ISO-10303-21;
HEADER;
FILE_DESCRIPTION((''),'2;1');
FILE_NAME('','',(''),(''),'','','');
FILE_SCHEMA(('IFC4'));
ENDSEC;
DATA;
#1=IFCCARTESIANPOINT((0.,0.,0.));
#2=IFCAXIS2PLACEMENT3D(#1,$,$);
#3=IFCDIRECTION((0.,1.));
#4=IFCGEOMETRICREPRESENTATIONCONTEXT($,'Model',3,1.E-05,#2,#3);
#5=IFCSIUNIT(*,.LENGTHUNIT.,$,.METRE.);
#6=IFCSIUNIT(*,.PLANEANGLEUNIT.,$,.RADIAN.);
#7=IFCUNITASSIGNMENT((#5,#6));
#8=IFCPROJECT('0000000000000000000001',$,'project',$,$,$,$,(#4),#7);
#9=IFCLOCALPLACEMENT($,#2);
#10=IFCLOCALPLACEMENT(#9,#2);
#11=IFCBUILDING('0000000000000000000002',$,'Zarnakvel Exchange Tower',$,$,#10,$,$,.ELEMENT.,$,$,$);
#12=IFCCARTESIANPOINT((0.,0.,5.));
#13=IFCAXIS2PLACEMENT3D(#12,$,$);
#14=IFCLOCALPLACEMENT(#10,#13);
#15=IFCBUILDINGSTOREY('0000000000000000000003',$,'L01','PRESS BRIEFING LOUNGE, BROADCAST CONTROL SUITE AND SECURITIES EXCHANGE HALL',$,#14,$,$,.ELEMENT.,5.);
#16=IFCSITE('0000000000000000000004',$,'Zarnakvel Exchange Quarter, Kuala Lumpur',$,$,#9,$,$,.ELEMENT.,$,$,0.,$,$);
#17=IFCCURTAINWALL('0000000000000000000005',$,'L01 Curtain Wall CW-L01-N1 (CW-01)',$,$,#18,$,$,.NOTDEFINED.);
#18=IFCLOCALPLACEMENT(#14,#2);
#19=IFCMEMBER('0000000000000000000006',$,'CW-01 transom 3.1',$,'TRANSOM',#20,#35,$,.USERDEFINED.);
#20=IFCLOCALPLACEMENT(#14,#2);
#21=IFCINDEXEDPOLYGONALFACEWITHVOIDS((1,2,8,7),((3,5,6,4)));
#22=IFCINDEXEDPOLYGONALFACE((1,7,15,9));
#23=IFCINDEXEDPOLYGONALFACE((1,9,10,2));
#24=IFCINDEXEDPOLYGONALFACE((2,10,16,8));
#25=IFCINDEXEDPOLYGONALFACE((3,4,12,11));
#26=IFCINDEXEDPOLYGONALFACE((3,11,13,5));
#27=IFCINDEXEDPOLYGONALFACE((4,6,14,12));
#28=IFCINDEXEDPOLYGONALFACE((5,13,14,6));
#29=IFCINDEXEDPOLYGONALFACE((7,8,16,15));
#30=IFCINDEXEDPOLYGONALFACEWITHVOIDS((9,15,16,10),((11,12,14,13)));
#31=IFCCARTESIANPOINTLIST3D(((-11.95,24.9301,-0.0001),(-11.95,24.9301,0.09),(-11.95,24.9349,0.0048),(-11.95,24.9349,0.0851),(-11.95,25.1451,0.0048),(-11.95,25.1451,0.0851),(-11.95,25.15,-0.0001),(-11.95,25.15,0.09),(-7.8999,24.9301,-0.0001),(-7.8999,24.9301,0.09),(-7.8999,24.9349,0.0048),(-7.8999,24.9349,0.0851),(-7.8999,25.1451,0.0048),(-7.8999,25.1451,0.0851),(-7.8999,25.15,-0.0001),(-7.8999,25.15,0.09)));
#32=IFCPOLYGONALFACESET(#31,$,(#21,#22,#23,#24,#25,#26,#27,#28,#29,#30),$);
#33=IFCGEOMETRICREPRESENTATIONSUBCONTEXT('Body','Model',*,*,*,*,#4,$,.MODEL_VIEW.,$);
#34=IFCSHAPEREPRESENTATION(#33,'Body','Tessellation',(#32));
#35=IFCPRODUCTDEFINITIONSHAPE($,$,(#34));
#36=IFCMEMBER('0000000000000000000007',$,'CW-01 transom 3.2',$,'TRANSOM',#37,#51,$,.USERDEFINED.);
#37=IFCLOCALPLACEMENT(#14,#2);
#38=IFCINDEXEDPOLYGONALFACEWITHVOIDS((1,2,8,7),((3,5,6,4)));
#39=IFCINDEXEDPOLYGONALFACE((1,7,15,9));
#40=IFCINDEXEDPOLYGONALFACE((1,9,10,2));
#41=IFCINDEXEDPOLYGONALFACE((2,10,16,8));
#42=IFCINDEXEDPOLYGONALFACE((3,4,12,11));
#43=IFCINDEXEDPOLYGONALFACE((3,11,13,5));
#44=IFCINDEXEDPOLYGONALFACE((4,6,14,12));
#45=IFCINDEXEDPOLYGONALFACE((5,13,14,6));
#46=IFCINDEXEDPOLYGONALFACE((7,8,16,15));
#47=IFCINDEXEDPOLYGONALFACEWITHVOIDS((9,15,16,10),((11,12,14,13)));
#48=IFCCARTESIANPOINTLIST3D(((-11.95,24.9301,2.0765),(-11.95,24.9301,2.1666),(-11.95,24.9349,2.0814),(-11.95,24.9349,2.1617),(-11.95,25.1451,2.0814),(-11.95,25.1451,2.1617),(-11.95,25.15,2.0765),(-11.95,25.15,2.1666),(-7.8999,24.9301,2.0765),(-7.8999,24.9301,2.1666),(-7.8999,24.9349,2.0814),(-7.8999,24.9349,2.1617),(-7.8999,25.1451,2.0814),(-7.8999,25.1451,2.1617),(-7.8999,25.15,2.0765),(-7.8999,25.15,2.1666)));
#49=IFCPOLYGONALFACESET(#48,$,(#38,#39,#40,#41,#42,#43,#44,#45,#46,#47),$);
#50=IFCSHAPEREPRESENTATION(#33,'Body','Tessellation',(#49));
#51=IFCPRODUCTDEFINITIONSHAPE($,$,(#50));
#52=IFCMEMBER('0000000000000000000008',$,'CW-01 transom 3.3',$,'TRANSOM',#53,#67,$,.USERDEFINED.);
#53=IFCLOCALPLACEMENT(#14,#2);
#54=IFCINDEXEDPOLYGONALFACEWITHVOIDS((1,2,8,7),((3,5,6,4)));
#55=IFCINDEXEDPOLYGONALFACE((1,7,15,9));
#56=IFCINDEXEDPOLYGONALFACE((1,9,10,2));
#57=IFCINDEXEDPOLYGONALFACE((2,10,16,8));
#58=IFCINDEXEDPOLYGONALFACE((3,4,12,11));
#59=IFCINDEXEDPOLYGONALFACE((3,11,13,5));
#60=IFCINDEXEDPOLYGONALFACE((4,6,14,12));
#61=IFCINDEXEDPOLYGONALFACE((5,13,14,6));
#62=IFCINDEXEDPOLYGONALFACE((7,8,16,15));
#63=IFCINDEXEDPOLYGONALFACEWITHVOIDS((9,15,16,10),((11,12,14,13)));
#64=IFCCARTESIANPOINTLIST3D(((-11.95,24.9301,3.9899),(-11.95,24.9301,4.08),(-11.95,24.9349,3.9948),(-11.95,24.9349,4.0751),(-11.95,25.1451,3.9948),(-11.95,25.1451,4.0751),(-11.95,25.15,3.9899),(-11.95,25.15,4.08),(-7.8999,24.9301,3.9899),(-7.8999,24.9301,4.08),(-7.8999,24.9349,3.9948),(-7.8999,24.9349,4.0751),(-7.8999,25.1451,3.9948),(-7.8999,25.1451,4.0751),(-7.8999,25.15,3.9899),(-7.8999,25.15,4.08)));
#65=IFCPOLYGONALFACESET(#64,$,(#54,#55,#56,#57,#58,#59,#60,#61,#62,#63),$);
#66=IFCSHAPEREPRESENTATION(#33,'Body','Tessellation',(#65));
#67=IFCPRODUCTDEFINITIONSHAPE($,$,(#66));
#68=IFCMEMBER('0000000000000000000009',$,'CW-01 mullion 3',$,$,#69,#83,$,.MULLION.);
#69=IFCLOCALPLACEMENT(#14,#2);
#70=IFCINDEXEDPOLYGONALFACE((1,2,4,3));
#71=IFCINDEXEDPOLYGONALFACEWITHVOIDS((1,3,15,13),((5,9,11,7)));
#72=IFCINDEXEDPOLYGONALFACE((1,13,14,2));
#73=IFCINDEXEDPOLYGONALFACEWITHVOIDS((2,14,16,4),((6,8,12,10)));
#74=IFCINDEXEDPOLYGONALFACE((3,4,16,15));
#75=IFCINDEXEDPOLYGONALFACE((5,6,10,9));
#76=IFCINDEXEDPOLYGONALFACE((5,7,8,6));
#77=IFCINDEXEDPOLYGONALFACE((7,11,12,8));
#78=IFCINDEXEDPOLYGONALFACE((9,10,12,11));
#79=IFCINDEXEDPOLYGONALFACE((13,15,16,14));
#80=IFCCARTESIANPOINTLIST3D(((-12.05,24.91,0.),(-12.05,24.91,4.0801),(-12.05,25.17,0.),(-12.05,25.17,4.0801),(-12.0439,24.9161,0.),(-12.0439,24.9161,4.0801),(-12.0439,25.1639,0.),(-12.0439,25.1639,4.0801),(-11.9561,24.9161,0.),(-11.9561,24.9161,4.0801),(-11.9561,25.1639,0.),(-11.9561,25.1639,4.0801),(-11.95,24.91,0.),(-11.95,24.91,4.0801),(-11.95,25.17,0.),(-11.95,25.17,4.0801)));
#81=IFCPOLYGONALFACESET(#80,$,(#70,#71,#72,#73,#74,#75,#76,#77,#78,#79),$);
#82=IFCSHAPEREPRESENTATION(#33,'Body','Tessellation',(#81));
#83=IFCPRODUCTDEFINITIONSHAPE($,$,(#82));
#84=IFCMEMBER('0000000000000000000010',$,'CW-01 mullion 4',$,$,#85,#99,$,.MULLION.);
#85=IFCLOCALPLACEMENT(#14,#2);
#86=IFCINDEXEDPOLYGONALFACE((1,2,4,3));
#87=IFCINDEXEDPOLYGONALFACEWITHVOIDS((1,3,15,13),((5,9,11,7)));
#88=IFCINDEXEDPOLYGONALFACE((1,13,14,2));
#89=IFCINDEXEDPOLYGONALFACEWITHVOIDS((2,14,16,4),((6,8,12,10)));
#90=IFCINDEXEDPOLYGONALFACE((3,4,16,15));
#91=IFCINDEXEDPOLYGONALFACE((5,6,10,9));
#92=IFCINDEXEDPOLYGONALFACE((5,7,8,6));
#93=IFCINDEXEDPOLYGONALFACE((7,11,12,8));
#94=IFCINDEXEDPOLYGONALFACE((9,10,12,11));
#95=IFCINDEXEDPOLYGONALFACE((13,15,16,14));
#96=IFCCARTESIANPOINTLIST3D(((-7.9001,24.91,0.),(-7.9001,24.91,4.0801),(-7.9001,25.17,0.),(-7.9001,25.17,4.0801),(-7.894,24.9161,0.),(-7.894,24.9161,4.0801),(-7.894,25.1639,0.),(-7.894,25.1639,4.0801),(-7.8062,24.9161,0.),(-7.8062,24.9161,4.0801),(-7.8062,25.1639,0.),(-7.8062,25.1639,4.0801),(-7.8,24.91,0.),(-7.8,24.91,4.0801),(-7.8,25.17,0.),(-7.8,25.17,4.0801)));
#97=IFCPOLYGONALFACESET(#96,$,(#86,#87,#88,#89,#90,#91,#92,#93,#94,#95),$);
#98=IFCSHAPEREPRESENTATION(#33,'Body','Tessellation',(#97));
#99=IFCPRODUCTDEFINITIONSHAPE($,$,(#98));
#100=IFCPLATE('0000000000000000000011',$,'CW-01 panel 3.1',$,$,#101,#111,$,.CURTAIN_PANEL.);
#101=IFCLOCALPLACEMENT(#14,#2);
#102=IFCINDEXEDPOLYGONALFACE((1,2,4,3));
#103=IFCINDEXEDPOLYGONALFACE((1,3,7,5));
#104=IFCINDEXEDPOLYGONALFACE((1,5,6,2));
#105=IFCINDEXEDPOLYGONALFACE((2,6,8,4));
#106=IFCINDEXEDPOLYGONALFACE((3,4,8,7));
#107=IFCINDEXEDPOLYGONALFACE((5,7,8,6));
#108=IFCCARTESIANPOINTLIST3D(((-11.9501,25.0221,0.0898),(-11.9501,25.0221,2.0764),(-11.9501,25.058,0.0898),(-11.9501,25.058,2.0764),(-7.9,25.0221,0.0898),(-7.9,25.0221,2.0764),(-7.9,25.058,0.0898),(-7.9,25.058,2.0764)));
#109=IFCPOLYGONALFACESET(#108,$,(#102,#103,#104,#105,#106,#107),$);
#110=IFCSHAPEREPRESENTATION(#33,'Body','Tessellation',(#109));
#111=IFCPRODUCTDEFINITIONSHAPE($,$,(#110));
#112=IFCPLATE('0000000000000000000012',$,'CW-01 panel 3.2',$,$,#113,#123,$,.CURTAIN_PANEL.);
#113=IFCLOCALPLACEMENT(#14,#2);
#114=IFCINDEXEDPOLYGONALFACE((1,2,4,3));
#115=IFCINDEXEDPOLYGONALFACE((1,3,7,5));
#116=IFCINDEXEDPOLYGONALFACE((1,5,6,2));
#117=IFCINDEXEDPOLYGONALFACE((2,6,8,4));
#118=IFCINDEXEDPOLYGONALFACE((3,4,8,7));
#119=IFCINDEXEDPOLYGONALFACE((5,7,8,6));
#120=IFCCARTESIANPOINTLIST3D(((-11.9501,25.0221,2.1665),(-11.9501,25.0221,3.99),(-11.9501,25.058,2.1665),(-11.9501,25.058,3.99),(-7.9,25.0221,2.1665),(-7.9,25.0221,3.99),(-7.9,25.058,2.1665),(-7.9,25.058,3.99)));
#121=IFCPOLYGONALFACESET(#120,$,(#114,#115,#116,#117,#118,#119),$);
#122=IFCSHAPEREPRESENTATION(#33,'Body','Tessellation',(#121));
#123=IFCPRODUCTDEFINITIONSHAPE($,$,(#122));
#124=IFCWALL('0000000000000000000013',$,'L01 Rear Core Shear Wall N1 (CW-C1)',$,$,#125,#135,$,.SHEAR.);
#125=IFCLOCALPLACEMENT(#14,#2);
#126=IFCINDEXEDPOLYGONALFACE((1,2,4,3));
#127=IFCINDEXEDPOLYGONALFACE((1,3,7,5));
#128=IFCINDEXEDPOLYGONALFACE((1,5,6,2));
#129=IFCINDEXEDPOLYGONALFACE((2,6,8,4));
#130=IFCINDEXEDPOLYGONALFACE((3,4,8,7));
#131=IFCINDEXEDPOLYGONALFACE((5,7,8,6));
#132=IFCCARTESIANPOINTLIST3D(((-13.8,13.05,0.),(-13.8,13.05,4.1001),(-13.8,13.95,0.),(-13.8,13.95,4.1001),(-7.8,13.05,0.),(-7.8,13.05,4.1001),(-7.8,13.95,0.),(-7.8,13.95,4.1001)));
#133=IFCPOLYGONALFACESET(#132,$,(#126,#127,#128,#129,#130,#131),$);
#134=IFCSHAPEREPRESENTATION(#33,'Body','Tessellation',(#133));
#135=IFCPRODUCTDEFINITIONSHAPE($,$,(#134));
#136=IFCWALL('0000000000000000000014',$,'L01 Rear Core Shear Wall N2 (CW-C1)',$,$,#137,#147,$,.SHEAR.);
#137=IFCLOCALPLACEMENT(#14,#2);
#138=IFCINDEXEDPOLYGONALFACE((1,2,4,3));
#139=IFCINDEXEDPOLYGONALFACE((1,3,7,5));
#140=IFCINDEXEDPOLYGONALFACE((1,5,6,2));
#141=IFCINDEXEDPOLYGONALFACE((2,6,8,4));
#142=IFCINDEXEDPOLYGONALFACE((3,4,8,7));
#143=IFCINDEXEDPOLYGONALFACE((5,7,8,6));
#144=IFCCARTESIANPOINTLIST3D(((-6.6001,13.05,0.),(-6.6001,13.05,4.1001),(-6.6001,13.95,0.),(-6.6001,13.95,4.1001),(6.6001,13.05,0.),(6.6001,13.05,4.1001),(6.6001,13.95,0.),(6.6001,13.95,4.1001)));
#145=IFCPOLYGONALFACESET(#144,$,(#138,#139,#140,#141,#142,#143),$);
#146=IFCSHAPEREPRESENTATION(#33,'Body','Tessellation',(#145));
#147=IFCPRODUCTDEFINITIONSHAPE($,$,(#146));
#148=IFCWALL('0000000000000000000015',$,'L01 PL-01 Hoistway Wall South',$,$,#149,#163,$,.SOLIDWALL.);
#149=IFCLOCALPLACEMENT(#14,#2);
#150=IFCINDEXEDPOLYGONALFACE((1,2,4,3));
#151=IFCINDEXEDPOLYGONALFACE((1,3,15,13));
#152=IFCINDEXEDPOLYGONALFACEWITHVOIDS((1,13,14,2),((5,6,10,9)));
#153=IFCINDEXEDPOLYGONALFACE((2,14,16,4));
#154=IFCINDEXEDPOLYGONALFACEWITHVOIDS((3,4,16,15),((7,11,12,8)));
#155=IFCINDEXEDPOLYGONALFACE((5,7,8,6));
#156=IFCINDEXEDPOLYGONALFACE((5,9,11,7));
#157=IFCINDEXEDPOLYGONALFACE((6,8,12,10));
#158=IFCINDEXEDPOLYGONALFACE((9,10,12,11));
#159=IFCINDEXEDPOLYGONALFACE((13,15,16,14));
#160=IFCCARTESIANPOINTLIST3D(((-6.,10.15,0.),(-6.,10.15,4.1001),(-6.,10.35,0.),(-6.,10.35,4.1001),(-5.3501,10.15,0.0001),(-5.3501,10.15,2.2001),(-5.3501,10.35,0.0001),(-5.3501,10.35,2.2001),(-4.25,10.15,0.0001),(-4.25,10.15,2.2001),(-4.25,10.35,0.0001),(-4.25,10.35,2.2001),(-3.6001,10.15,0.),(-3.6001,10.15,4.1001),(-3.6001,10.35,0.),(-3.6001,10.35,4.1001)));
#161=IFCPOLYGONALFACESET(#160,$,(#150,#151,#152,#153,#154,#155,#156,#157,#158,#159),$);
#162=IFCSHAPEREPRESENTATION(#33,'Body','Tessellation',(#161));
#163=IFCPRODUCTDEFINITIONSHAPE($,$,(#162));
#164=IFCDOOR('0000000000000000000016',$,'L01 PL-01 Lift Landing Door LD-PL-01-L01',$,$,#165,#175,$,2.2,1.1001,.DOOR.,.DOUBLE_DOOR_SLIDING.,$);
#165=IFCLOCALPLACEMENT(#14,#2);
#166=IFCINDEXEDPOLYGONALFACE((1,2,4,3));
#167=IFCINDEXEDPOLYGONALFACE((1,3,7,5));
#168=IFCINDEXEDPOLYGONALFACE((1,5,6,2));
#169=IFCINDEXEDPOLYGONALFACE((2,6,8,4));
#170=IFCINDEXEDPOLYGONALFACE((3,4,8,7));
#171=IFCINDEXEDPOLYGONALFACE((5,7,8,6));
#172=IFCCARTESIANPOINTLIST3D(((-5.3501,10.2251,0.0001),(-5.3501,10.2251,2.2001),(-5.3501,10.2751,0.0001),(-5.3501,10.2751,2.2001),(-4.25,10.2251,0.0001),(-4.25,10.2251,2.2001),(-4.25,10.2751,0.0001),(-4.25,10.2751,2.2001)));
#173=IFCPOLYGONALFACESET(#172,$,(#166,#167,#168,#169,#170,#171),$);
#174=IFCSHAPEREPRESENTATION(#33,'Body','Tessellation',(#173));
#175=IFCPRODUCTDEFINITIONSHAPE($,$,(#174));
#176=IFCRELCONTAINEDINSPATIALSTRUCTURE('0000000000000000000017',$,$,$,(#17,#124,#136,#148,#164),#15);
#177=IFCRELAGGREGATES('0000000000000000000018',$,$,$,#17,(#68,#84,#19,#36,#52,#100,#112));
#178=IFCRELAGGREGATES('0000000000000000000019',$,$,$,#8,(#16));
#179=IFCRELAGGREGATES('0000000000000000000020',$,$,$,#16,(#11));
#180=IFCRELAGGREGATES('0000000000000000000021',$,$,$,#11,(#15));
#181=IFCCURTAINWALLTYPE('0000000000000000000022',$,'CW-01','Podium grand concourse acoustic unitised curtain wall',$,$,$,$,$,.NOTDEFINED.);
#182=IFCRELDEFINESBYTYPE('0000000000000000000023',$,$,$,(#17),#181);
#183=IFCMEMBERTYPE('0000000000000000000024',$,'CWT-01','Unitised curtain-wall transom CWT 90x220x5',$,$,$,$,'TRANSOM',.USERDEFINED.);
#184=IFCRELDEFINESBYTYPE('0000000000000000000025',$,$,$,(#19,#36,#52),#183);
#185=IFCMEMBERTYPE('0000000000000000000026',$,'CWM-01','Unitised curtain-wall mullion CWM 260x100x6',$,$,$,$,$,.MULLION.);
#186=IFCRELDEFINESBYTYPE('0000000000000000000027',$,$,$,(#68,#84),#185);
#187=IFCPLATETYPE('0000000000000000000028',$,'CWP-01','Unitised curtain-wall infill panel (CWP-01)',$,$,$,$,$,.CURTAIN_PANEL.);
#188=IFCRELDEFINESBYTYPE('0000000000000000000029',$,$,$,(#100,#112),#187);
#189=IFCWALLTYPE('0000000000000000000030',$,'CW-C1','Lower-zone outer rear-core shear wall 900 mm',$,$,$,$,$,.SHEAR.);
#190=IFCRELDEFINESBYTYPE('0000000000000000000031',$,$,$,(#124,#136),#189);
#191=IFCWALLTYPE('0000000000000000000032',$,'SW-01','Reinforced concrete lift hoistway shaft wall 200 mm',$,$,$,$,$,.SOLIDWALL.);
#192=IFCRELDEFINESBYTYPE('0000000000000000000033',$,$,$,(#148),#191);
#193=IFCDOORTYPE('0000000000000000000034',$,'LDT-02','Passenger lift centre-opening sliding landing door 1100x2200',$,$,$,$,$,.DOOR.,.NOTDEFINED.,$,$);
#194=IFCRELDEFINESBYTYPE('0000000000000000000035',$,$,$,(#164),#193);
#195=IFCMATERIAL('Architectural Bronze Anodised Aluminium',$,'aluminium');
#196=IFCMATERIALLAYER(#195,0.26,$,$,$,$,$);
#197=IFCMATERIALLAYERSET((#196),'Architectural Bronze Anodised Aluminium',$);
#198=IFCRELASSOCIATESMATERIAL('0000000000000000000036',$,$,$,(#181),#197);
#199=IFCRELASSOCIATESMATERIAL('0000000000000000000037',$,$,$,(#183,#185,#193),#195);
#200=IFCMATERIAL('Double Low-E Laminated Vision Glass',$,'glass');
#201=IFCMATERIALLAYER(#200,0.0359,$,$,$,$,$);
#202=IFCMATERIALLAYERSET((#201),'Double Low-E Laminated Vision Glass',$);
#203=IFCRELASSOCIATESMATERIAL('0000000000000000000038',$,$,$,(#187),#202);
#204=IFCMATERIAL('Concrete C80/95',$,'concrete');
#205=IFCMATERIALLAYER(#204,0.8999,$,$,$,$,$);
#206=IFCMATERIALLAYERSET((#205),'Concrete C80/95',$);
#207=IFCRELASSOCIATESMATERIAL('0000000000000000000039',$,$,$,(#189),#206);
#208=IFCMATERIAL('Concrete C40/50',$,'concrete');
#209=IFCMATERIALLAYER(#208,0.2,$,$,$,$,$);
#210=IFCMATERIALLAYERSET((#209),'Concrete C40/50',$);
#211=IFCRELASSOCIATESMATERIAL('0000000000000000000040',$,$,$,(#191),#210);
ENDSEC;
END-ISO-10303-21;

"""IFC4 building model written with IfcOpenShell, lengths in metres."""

from ifc_helpers import new_model, si_unit, direction, frame, frame_2d, origin, origin_2d, place, context, subcontext, project, spatial, rectangle, hollow_rectangle, extrude, source, transform, mapped, material, layer, layer_set, material_profile, profile_set, type_object, element, fill, aggregate, save


model = new_model("IFC4")

# Units and contexts
model_context = context("Model", 3, precision=1e-05, world=origin(), true_north=direction((0.0, 1.0)))
body_context = subcontext(model_context, "Body", "Model", "MODEL_VIEW")
ifc_project = project(units=[si_unit("LENGTHUNIT", "METRE"), si_unit("PLANEANGLEUNIT", "RADIAN")], contexts=[model_context])

# Site, building, storey
site_placement = place(None, origin())
site = spatial("IfcSite", under=ifc_project, at=site_placement, Name="Zarnakvel Exchange Quarter, Kuala Lumpur", CompositionType="ELEMENT", RefElevation=0.0)
building_placement = place(site_placement, origin())
building = spatial("IfcBuilding", under=site, at=building_placement, Name="Zarnakvel Exchange Tower", CompositionType="ELEMENT")
storey_placement = place(building_placement, frame((0.0, 0.0, 5.0)))
storey = spatial("IfcBuildingStorey", under=building, at=storey_placement, Name="L01", Description="PRESS BRIEFING LOUNGE, BROADCAST CONTROL SUITE AND SECURITIES EXCHANGE HALL", CompositionType="ELEMENT", Elevation=5.0)

# Shared definitions
ifc_material_1 = material(Name="Concrete C80/95", Category="concrete")

# Curtain wall, members, plates
ifc_material_2 = material(Name="Architectural Bronze Anodised Aluminium", Category="aluminium")
ifc_layer_1 = layer(ifc_material_2, 0.26)
ifc_layer_set_1 = layer_set([ifc_layer_1], Name="Architectural Bronze Anodised Aluminium")
curtain_wall_type = type_object("IfcCurtainWallType", Name="CW-01", Description="Podium grand concourse acoustic unitised curtain wall", PredefinedType="NOTDEFINED", material=ifc_layer_set_1)
curtain_wall_placement = place(storey_placement, origin())
curtain_wall = element("IfcCurtainWall", 1, at=curtain_wall_placement, inside=storey, type_object=curtain_wall_type, Name="L01 Curtain Wall CW-L01-N1 (CW-01)", PredefinedType="NOTDEFINED")
ifc_material_profile_1 = material_profile(ifc_material_2, hollow_rectangle(XDim=0.22, YDim=0.0901, WallThickness=0.0049, at=origin_2d()))
ifc_profile_set_1 = profile_set([ifc_material_profile_1], Name="Architectural Bronze Anodised Aluminium")
member_type_1 = type_object("IfcMemberType", Name="CWT-01", Description="Unitised curtain-wall transom CWT 90x220x5", ElementType="TRANSOM", PredefinedType="USERDEFINED", material=ifc_profile_set_1)
shared_shape_1 = source(origin(), body_context, "Body", "SweptSolid", [
    extrude(hollow_rectangle(XDim=0.22, YDim=0.0901, WallThickness=0.0049, at=origin_2d()), origin(), (0.0, 0.0, 1.0), 4.05),
])
member_1_placement = place(storey_placement, frame((-11.95, 25.04, 0.0449), z_axis=(1.0, 0.0, 0.0), x_axis=(0.0, 1.0, 0.0)))
member_1 = element("IfcMember", 2, at=member_1_placement, type_object=member_type_1, Name="CW-01 transom 3.1", ObjectType="TRANSOM", PredefinedType="USERDEFINED", context=body_context, shape_type="MappedRepresentation", body=[
    mapped(shared_shape_1, transform((0.0, 0.0, 0.0), x_axis=(1.0, 0.0, 0.0), y_axis=(0.0, 1.0, 0.0), z_axis=(0.0, 0.0, 1.0), scale=1.0)),
])
member_2_placement = place(storey_placement, frame((-11.95, 25.04, 2.1216), z_axis=(1.0, 0.0, 0.0), x_axis=(0.0, 1.0, 0.0)))
member_2 = element("IfcMember", 3, at=member_2_placement, type_object=member_type_1, Name="CW-01 transom 3.2", ObjectType="TRANSOM", PredefinedType="USERDEFINED", context=body_context, shape_type="MappedRepresentation", body=[
    mapped(shared_shape_1, transform((0.0, 0.0, 0.0), x_axis=(1.0, 0.0, 0.0), y_axis=(0.0, 1.0, 0.0), z_axis=(0.0, 0.0, 1.0), scale=1.0)),
])
member_3_placement = place(storey_placement, frame((-11.95, 25.04, 4.0349), z_axis=(1.0, 0.0, 0.0), x_axis=(0.0, 1.0, 0.0)))
member_3 = element("IfcMember", 4, at=member_3_placement, type_object=member_type_1, Name="CW-01 transom 3.3", ObjectType="TRANSOM", PredefinedType="USERDEFINED", context=body_context, shape_type="MappedRepresentation", body=[
    mapped(shared_shape_1, transform((0.0, 0.0, 0.0), x_axis=(1.0, 0.0, 0.0), y_axis=(0.0, 1.0, 0.0), z_axis=(0.0, 0.0, 1.0), scale=1.0)),
])
ifc_material_profile_2 = material_profile(ifc_material_2, hollow_rectangle(XDim=0.26, YDim=0.1001, WallThickness=0.0061, at=origin_2d()))
ifc_profile_set_2 = profile_set([ifc_material_profile_2], Name="Architectural Bronze Anodised Aluminium")
member_type_2 = type_object("IfcMemberType", Name="CWM-01", Description="Unitised curtain-wall mullion CWM 260x100x6", PredefinedType="MULLION", material=ifc_profile_set_2)
shared_shape_2 = source(origin(), body_context, "Body", "SweptSolid", [
    extrude(hollow_rectangle(XDim=0.26, YDim=0.1001, WallThickness=0.0061, at=origin_2d()), origin(), (0.0, 0.0, 1.0), 4.0801),
])
member_4_placement = place(storey_placement, frame((-12.0, 25.04, 0.0), z_axis=(0.0, 0.0, 1.0), x_axis=(0.0, 1.0, 0.0)))
member_4 = element("IfcMember", 5, at=member_4_placement, type_object=member_type_2, Name="CW-01 mullion 3", PredefinedType="MULLION", context=body_context, shape_type="MappedRepresentation", body=[
    mapped(shared_shape_2, transform((0.0, 0.0, 0.0), x_axis=(1.0, 0.0, 0.0), y_axis=(0.0, 1.0, 0.0), z_axis=(0.0, 0.0, 1.0), scale=1.0)),
])
member_5_placement = place(storey_placement, frame((-7.8501, 25.04, 0.0), z_axis=(0.0, 0.0, 1.0), x_axis=(0.0, 1.0, 0.0)))
member_5 = element("IfcMember", 6, at=member_5_placement, type_object=member_type_2, Name="CW-01 mullion 4", PredefinedType="MULLION", context=body_context, shape_type="MappedRepresentation", body=[
    mapped(shared_shape_2, transform((0.0, 0.0, 0.0), x_axis=(1.0, 0.0, 0.0), y_axis=(0.0, 1.0, 0.0), z_axis=(0.0, 0.0, 1.0), scale=1.0)),
])
ifc_material_3 = material(Name="Double Low-E Laminated Vision Glass", Category="glass")
ifc_layer_2 = layer(ifc_material_3, 0.0359)
ifc_layer_set_2 = layer_set([ifc_layer_2], Name="Double Low-E Laminated Vision Glass")
plate_type = type_object("IfcPlateType", Name="CWP-01", Description="Unitised curtain-wall infill panel (CWP-01)", PredefinedType="CURTAIN_PANEL", material=ifc_layer_set_2)
shared_shape_3 = source(origin(), body_context, "Body", "SweptSolid", [
    extrude(rectangle(XDim=4.05, YDim=0.0359, at=origin_2d()), origin(), (0.0, 0.0, 1.0), 1.9866),
])
plate_1_placement = place(storey_placement, frame((-9.925, 25.04, 0.0898), z_axis=(0.0, 0.0, 1.0), x_axis=(1.0, 0.0, 0.0)))
plate_1 = element("IfcPlate", 7, at=plate_1_placement, type_object=plate_type, Name="CW-01 panel 3.1", PredefinedType="CURTAIN_PANEL", context=body_context, shape_type="MappedRepresentation", body=[
    mapped(shared_shape_3, transform((0.0, 0.0, 0.0), x_axis=(1.0, 0.0, 0.0), y_axis=(0.0, 1.0, 0.0), z_axis=(0.0, 0.0, 1.0), scale=1.0)),
])
shared_shape_4 = source(origin(), body_context, "Body", "SweptSolid", [
    extrude(rectangle(XDim=4.05, YDim=0.0359, at=origin_2d()), origin(), (0.0, 0.0, 1.0), 1.8235),
])
plate_2_placement = place(storey_placement, frame((-9.925, 25.04, 2.1665), z_axis=(0.0, 0.0, 1.0), x_axis=(1.0, 0.0, 0.0)))
plate_2 = element("IfcPlate", 8, at=plate_2_placement, type_object=plate_type, Name="CW-01 panel 3.2", PredefinedType="CURTAIN_PANEL", context=body_context, shape_type="MappedRepresentation", body=[
    mapped(shared_shape_4, transform((0.0, 0.0, 0.0), x_axis=(1.0, 0.0, 0.0), y_axis=(0.0, 1.0, 0.0), z_axis=(0.0, 0.0, 1.0), scale=1.0)),
])
aggregate(curtain_wall, [member_4, member_5, member_1, member_2, member_3, plate_1, plate_2])

# Walls
ifc_layer_3 = layer(ifc_material_1, 0.8999)
ifc_layer_set_3 = layer_set([ifc_layer_3], Name="Concrete C80/95")
wall_type_1 = type_object("IfcWallType", Name="CW-C1", Description="Lower-zone outer rear-core shear wall 900 mm", PredefinedType="SHEAR", material=ifc_layer_set_3)
wall_1_placement = place(storey_placement, frame((-13.8, 13.5, 0.0), z_axis=(0.0, 0.0, 1.0), x_axis=(1.0, 0.0, 0.0)))
element("IfcWall", 9, at=wall_1_placement, inside=storey, type_object=wall_type_1, Name="L01 Rear Core Shear Wall N1 (CW-C1)", PredefinedType="SHEAR", context=body_context, shape_type="SweptSolid", body=[
    extrude(rectangle(XDim=6.0, YDim=0.8999, at=frame_2d((3.0, 0.0))), origin(), (0.0, 0.0, 1.0), 4.1001),
])
wall_2_placement = place(storey_placement, frame((-6.6001, 13.5, 0.0), z_axis=(0.0, 0.0, 1.0), x_axis=(1.0, 0.0, 0.0)))
element("IfcWall", 10, at=wall_2_placement, inside=storey, type_object=wall_type_1, Name="L01 Rear Core Shear Wall N2 (CW-C1)", PredefinedType="SHEAR", context=body_context, shape_type="SweptSolid", body=[
    extrude(rectangle(XDim=13.2002, YDim=0.8999, at=frame_2d((6.6001, 0.0))), origin(), (0.0, 0.0, 1.0), 4.1001),
])

# Wall, opening, door
ifc_material_4 = material(Name="Concrete C40/50", Category="concrete")
ifc_layer_4 = layer(ifc_material_4, 0.2)
ifc_layer_set_4 = layer_set([ifc_layer_4], Name="Concrete C40/50")
wall_type_2 = type_object("IfcWallType", Name="SW-01", Description="Reinforced concrete lift hoistway shaft wall 200 mm", PredefinedType="SOLIDWALL", material=ifc_layer_set_4)
wall_3_placement = place(storey_placement, frame((-3.6001, 10.25, 0.0), z_axis=(0.0, 0.0, 1.0), x_axis=(-1.0, 0.0, 0.0)))
wall_3 = element("IfcWall", 11, at=wall_3_placement, inside=storey, type_object=wall_type_2, Name="L01 PL-01 Hoistway Wall South", PredefinedType="SOLIDWALL", context=body_context, shape_type="SweptSolid", body=[
    extrude(rectangle(XDim=2.3999, YDim=0.2, at=frame_2d((1.2, 0.0))), origin(), (0.0, 0.0, 1.0), 4.1001),
])
opening_1_placement = place(wall_3_placement, frame((0.6499, 0.0, 0.0)))
opening_1 = element("IfcOpeningElement", 12, at=opening_1_placement, cuts=wall_3, PredefinedType="OPENING", context=body_context, shape_type="SweptSolid", body=[
    extrude(rectangle(XDim=1.1001, YDim=2.2, at=frame_2d((0.55, 1.1001))), frame((0.0, 0.1099, 0.0), z_axis=(0.0, -1.0, 0.0), x_axis=(1.0, 0.0, 0.0)), (0.0, 0.0, 1.0), 0.22),
])
door_type = type_object("IfcDoorType", Name="LDT-02", Description="Passenger lift centre-opening sliding landing door 1100x2200", OperationType="NOTDEFINED", PredefinedType="DOOR", material=ifc_material_2)
shared_shape_5 = source(origin(), body_context, "Body", "SweptSolid", [
    extrude(rectangle(XDim=1.1001, YDim=2.2, at=frame_2d((0.55, 1.1001))), frame((0.0, 0.0249, 0.0), z_axis=(0.0, -1.0, 0.0), x_axis=(1.0, 0.0, 0.0)), (0.0, 0.0, 1.0), 0.05),
])
door_1_placement = place(opening_1_placement, origin())
door_1 = element("IfcDoor", 13, at=door_1_placement, inside=storey, type_object=door_type, Name="L01 PL-01 Lift Landing Door LD-PL-01-L01", OperationType="DOUBLE_DOOR_SLIDING", OverallHeight=2.2, OverallWidth=1.1001, PredefinedType="DOOR", context=body_context, shape_type="MappedRepresentation", body=[
    mapped(shared_shape_5, transform((0.0, 0.0, 0.0), x_axis=(1.0, 0.0, 0.0), y_axis=(0.0, 1.0, 0.0), z_axis=(0.0, 0.0, 1.0), scale=1.0)),
])
fill(opening_1, door_1)

save(model, "model.ifc")
